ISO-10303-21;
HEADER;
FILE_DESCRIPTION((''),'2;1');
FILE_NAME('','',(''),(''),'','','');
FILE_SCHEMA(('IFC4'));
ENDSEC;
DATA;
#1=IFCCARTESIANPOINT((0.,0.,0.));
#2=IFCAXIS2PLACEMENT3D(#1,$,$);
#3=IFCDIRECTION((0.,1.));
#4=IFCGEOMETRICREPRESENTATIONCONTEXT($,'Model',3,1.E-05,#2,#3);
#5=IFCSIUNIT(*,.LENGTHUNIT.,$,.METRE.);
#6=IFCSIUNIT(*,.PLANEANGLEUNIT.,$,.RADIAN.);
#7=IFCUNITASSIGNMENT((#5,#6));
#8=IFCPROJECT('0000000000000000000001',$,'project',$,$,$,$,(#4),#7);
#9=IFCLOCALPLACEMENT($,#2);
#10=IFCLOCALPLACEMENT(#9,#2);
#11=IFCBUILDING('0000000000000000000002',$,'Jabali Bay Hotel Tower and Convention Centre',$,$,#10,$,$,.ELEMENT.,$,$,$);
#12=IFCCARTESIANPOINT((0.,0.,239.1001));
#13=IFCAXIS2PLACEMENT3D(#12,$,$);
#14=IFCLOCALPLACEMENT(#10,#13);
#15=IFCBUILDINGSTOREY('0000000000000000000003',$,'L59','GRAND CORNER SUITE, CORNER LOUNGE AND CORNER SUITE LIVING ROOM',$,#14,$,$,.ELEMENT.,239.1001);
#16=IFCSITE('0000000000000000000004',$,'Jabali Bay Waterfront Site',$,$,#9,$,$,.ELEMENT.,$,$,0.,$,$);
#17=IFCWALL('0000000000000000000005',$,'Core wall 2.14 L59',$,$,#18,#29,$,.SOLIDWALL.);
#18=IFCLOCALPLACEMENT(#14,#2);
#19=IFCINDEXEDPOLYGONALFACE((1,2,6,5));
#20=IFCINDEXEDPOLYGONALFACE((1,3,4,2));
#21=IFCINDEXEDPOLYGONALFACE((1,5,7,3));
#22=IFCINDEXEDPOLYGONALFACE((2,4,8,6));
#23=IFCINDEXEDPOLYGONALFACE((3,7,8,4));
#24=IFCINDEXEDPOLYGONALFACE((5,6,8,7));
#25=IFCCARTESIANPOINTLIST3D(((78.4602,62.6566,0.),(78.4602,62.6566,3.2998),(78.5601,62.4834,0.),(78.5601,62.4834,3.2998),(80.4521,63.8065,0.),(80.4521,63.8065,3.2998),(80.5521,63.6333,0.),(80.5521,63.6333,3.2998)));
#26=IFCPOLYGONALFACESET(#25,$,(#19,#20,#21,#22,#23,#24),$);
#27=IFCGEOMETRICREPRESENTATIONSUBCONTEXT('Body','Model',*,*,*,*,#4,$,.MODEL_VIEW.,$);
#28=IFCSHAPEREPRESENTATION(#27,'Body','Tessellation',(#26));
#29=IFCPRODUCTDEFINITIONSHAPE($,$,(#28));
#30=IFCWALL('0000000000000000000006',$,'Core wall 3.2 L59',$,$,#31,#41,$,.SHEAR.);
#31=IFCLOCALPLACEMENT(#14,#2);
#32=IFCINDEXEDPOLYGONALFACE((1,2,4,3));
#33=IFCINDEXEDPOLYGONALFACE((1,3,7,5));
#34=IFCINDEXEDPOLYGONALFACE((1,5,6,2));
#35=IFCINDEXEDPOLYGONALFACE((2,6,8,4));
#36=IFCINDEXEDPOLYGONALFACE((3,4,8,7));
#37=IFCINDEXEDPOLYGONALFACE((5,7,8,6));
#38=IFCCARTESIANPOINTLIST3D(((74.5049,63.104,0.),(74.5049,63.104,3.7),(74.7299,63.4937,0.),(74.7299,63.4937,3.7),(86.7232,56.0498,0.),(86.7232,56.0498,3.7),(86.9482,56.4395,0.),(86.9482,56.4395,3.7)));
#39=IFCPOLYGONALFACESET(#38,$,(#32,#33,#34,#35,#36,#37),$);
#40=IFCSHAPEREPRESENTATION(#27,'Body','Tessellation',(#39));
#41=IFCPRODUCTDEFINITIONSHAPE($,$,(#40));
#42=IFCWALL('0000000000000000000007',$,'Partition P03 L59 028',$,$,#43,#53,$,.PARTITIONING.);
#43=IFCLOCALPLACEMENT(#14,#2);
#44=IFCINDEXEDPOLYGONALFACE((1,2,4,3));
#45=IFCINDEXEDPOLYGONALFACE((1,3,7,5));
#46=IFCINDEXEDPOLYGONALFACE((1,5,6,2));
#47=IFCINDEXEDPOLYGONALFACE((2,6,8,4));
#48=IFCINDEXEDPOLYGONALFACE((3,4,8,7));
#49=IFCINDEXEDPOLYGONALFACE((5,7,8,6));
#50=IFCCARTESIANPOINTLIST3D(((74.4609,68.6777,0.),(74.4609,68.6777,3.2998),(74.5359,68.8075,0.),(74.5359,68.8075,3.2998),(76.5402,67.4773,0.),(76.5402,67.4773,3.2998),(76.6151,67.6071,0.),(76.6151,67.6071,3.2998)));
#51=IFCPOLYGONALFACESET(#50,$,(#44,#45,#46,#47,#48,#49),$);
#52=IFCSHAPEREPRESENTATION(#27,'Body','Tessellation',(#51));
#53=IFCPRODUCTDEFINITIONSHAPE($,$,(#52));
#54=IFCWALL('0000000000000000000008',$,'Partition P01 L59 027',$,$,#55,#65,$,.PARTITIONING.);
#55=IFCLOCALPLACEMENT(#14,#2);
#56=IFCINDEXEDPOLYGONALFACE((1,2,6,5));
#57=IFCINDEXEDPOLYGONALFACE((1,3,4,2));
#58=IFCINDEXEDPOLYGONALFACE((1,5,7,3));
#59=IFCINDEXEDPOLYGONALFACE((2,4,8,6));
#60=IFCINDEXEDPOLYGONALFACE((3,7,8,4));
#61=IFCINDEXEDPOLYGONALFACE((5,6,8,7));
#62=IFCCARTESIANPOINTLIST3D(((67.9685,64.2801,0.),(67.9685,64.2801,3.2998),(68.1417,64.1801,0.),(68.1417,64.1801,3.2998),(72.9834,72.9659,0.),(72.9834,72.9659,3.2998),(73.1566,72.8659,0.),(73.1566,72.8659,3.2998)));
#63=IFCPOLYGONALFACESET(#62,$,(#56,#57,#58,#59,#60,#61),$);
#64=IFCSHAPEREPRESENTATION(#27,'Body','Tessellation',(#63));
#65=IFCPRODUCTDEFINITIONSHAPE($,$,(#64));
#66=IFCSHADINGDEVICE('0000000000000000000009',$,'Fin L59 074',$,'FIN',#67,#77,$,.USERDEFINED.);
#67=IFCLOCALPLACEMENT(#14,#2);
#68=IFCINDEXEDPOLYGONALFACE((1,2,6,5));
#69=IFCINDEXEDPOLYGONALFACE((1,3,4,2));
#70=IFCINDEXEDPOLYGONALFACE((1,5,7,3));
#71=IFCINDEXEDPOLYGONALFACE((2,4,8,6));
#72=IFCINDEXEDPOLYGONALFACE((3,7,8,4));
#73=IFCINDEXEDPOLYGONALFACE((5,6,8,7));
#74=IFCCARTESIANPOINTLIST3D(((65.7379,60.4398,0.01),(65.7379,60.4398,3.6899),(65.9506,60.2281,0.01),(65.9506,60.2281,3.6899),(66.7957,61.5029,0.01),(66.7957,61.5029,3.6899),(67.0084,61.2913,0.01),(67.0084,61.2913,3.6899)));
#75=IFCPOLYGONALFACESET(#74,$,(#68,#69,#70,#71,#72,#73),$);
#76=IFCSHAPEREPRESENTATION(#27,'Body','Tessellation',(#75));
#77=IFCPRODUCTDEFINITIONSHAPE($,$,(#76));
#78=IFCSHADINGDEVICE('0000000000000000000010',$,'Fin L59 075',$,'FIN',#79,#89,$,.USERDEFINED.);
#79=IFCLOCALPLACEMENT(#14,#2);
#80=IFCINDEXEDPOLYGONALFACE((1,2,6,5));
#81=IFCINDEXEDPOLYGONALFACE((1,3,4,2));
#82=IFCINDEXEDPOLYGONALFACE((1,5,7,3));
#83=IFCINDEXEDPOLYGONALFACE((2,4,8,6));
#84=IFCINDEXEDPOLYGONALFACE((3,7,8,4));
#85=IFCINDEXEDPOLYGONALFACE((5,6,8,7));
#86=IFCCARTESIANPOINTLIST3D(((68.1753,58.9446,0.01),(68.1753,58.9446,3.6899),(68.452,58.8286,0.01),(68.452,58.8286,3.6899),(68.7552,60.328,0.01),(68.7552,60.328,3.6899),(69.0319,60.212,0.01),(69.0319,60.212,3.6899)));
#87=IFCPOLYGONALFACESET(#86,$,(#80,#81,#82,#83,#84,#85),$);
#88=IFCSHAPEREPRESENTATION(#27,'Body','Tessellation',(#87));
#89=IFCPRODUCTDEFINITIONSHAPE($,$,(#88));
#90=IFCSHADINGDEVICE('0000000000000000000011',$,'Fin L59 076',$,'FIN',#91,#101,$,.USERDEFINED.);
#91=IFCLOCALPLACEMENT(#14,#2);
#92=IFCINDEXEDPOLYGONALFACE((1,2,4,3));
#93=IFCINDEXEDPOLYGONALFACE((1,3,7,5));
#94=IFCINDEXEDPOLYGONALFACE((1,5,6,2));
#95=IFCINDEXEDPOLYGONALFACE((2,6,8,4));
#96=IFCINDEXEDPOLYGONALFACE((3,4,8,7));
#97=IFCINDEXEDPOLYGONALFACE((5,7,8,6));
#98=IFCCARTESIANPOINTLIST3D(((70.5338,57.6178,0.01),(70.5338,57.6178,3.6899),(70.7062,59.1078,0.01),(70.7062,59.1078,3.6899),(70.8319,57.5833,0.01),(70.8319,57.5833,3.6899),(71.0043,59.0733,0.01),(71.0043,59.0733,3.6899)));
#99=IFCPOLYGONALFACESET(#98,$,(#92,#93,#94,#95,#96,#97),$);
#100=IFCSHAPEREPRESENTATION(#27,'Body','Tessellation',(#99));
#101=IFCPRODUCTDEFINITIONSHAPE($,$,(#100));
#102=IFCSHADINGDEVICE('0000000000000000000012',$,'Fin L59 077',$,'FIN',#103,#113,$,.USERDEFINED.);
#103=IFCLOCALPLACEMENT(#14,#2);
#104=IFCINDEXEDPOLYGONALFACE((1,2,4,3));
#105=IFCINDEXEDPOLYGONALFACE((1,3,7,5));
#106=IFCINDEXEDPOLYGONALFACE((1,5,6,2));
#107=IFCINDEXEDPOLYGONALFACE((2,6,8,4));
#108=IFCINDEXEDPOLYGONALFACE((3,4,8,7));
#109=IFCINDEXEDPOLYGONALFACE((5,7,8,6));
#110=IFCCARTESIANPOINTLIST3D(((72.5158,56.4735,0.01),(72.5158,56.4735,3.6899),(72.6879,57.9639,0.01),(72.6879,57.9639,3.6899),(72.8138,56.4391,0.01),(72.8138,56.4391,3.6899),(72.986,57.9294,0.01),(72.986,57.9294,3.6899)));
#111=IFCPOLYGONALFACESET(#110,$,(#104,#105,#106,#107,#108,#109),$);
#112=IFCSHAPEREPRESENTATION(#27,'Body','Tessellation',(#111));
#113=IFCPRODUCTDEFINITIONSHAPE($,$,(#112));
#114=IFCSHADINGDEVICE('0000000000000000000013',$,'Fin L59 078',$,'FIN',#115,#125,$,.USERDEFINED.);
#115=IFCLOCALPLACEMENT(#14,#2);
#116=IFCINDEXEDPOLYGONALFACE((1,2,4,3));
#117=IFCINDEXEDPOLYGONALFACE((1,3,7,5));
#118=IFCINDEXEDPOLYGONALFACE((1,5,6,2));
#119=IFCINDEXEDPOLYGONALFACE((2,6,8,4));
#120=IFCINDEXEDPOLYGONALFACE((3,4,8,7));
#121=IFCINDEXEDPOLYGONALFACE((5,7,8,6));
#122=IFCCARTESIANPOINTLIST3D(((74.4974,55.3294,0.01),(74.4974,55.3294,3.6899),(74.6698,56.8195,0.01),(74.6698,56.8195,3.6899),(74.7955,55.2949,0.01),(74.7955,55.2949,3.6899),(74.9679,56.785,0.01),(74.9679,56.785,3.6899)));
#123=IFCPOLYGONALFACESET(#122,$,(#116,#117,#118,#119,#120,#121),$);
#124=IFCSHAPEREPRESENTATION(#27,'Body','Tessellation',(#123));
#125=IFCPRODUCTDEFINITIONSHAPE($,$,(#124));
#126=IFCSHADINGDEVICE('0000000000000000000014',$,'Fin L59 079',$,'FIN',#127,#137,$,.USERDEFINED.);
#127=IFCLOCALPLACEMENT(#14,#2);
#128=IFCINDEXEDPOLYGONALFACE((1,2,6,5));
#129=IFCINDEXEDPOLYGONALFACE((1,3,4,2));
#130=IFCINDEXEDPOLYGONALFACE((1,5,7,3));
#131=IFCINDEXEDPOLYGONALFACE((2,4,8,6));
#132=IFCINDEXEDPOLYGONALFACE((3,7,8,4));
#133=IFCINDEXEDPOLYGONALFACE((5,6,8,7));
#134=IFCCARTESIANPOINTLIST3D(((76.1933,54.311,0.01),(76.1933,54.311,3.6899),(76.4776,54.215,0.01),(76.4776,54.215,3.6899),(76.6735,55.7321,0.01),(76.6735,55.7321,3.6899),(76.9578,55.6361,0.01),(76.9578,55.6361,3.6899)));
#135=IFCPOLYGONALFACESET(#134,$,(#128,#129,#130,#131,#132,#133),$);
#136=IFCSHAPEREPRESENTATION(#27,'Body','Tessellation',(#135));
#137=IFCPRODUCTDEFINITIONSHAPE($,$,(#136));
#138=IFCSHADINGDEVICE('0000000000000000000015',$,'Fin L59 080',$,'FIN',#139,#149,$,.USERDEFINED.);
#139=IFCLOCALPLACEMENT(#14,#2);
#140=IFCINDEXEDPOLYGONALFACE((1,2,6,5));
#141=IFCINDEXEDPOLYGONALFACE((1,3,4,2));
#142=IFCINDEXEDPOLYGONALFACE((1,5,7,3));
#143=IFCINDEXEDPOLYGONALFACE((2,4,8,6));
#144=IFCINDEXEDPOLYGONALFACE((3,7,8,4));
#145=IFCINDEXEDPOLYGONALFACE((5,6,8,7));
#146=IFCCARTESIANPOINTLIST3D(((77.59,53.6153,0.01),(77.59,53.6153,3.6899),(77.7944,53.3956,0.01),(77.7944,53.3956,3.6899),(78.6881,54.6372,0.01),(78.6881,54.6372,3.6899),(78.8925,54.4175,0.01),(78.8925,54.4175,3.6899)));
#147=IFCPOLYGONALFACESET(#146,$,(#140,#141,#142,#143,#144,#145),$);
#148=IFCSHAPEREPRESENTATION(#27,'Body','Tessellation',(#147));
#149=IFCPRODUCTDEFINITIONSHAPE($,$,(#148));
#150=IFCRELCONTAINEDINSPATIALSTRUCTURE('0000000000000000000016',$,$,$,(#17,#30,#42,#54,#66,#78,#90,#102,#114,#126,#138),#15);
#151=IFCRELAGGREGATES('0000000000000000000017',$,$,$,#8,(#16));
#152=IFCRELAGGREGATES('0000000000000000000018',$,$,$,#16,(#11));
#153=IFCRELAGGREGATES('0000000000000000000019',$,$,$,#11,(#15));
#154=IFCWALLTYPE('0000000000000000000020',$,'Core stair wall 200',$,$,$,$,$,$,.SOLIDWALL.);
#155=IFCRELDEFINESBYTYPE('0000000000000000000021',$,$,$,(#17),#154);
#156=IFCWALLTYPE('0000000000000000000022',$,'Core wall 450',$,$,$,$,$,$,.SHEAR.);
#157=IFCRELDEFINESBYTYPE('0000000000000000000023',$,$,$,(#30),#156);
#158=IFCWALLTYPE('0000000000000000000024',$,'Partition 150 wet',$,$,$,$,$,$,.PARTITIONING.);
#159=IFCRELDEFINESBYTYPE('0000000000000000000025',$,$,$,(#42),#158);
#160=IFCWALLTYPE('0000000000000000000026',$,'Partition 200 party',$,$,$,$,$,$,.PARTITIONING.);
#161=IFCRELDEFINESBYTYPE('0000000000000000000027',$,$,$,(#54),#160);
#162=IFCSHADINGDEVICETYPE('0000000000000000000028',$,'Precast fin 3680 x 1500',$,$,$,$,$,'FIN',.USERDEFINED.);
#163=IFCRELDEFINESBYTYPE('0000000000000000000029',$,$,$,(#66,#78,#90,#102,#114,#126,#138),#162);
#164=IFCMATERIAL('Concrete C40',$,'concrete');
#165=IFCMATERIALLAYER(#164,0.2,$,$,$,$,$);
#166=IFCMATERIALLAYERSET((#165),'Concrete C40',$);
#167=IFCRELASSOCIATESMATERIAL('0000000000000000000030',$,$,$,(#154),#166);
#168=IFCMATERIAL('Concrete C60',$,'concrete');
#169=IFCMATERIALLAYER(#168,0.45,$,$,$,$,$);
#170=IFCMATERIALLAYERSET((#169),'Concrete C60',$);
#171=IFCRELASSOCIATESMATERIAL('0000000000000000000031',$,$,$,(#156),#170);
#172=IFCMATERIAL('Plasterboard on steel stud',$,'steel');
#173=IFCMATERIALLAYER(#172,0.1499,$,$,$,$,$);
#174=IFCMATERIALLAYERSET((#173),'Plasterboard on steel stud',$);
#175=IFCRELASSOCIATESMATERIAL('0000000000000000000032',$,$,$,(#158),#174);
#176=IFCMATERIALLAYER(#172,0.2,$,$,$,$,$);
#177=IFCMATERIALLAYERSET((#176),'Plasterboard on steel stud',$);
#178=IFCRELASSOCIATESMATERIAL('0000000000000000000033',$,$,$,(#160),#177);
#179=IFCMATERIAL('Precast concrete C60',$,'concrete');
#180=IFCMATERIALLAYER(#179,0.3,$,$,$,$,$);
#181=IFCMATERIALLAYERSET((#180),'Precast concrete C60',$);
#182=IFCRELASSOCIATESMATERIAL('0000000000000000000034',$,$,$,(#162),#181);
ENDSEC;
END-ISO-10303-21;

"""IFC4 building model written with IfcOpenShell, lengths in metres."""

from ifc_helpers import new_model, si_unit, direction, frame, frame_2d, origin, place, context, subcontext, project, spatial, rectangle, extrude, material, layer, layer_set, type_object, element, save


model = new_model("IFC4")

# Units and contexts
model_context = context("Model", 3, precision=1e-05, world=origin(), true_north=direction((0.0, 1.0)))
body_context = subcontext(model_context, "Body", "Model", "MODEL_VIEW")
ifc_project = project(units=[si_unit("LENGTHUNIT", "METRE"), si_unit("PLANEANGLEUNIT", "RADIAN")], contexts=[model_context])

# Site, building, storey
site_placement = place(None, origin())
site = spatial("IfcSite", under=ifc_project, at=site_placement, Name="Jabali Bay Waterfront Site", CompositionType="ELEMENT", RefElevation=0.0)
building_placement = place(site_placement, origin())
building = spatial("IfcBuilding", under=site, at=building_placement, Name="Jabali Bay Hotel Tower and Convention Centre", CompositionType="ELEMENT")
storey_placement = place(building_placement, frame((0.0, 0.0, 239.1001)))
storey = spatial("IfcBuildingStorey", under=building, at=storey_placement, Name="L59", Description="GRAND CORNER SUITE, CORNER LOUNGE AND CORNER SUITE LIVING ROOM", CompositionType="ELEMENT", Elevation=239.1001)

# Shared definitions
ifc_material_1 = material(Name="Concrete C60", Category="concrete")

# Shared definitions
ifc_material_2 = material(Name="Concrete C40", Category="concrete")

# Shared definitions
ifc_layer_1 = layer(ifc_material_2, 0.2)
ifc_layer_set_1 = layer_set([ifc_layer_1], Name="Concrete C40")
wall_type_1 = type_object("IfcWallType", Name="Core stair wall 200", PredefinedType="SOLIDWALL", material=ifc_layer_set_1)

# Walls
wall_1_placement = place(storey_placement, frame((78.5103, 62.5701, 0.0), z_axis=(0.0, 0.0, 1.0), x_axis=(0.866053, 0.499952, 0.0)))
element("IfcWall", 1, at=wall_1_placement, inside=storey, type_object=wall_type_1, Name="Core wall 2.14 L59", PredefinedType="SOLIDWALL", context=body_context, shape_type="SweptSolid", body=[
    extrude(rectangle(XDim=2.3, YDim=0.2, at=frame_2d((1.1499, 0.0))), origin(), (0.0, 0.0, 1.0), 3.2998),
])
ifc_layer_2 = layer(ifc_material_1, 0.45)
ifc_layer_set_2 = layer_set([ifc_layer_2], Name="Concrete C60")
wall_type_2 = type_object("IfcWallType", Name="Core wall 450", PredefinedType="SHEAR", material=ifc_layer_set_2)
wall_2_placement = place(storey_placement, frame((74.6174, 63.2988, 0.0), z_axis=(0.0, 0.0, 1.0), x_axis=(0.866026, -0.499999, 0.0)))
element("IfcWall", 2, at=wall_2_placement, inside=storey, type_object=wall_type_2, Name="Core wall 3.2 L59", PredefinedType="SHEAR", context=body_context, shape_type="SweptSolid", body=[
    extrude(rectangle(XDim=14.1084, YDim=0.45, at=frame_2d((7.0542, 0.0))), origin(), (0.0, 0.0, 1.0), 3.7),
])
ifc_material_3 = material(Name="Plasterboard on steel stud", Category="steel")
ifc_layer_3 = layer(ifc_material_3, 0.1499)
ifc_layer_set_3 = layer_set([ifc_layer_3], Name="Plasterboard on steel stud")
wall_type_3 = type_object("IfcWallType", Name="Partition 150 wet", PredefinedType="PARTITIONING", material=ifc_layer_set_3)
wall_3_placement = place(storey_placement, frame((76.5776, 67.5422, 0.0), z_axis=(0.0, 0.0, 1.0), x_axis=(-0.866038, 0.499978, 0.0)))
element("IfcWall", 3, at=wall_3_placement, inside=storey, type_object=wall_type_3, Name="Partition P03 L59 028", PredefinedType="PARTITIONING", context=body_context, shape_type="SweptSolid", body=[
    extrude(rectangle(XDim=2.4009, YDim=0.1499, at=frame_2d((1.2004, 0.0))), origin(), (0.0, 0.0, 1.0), 3.2998),
])
ifc_layer_4 = layer(ifc_material_3, 0.2)
ifc_layer_set_4 = layer_set([ifc_layer_4], Name="Plasterboard on steel stud")
wall_type_4 = type_object("IfcWallType", Name="Partition 200 party", PredefinedType="PARTITIONING", material=ifc_layer_set_4)
wall_4_placement = place(storey_placement, frame((68.0552, 64.2302, 0.0), z_axis=(0.0, 0.0, 1.0), x_axis=(0.500011, 0.866019, 0.0)))
element("IfcWall", 4, at=wall_4_placement, inside=storey, type_object=wall_type_4, Name="Partition P01 L59 027", PredefinedType="PARTITIONING", context=body_context, shape_type="SweptSolid", body=[
    extrude(rectangle(XDim=10.0295, YDim=0.2, at=frame_2d((5.0146, 0.0))), origin(), (0.0, 0.0, 1.0), 3.2998),
])

# Shading devices
ifc_material_4 = material(Name="Precast concrete C60", Category="concrete")
ifc_layer_5 = layer(ifc_material_4, 0.3)
ifc_layer_set_5 = layer_set([ifc_layer_5], Name="Precast concrete C60")
shading_device_type = type_object("IfcShadingDeviceType", Name="Precast fin 3680 x 1500", ElementType="FIN", PredefinedType="USERDEFINED", material=ifc_layer_set_5)
shading_device_1_placement = place(storey_placement, frame((66.9021, 61.3972, 0.01), z_axis=(0.0, 0.0, 1.0), x_axis=(-0.705314, -0.708895, 0.0)))
element("IfcShadingDevice", 5, at=shading_device_1_placement, inside=storey, type_object=shading_device_type, Name="Fin L59 074", ObjectType="FIN", PredefinedType="USERDEFINED", context=body_context, shape_type="SweptSolid", body=[
    extrude(rectangle(XDim=1.4998, YDim=0.3, at=frame_2d((0.75, 0.0))), origin(), (0.0, 0.0, 1.0), 3.6799),
])
for number, where, z_axis, x_axis, name in (
    (6, (68.8936, 60.27, 0.01), (0.0, 0.0, 1.0), (-0.386579, -0.922256, 0.0), "Fin L59 075"),
    (7, (70.8552, 59.0906, 0.01), (0.0, 0.0, 1.0), (-0.114914, -0.993375, 0.0), "Fin L59 076"),
):
    element("IfcShadingDevice", number, at=place(storey_placement, frame(where, z_axis=z_axis, x_axis=x_axis)), inside=storey, type_object=shading_device_type, Name=name, ObjectType="FIN", PredefinedType="USERDEFINED", context=body_context, shape_type="SweptSolid", body=[
        extrude(rectangle(XDim=1.5, YDim=0.3, at=frame_2d((0.75, 0.0))), origin(), (0.0, 0.0, 1.0), 3.6799),
    ])
shading_device_2_placement = place(storey_placement, frame((72.8369, 57.9465, 0.01), z_axis=(0.0, 0.0, 1.0), x_axis=(-0.114735, -0.993396, 0.0)))
element("IfcShadingDevice", 8, at=shading_device_2_placement, inside=storey, type_object=shading_device_type, Name="Fin L59 077", ObjectType="FIN", PredefinedType="USERDEFINED", context=body_context, shape_type="SweptSolid", body=[
    extrude(rectangle(XDim=1.5002, YDim=0.3, at=frame_2d((0.75, 0.0))), origin(), (0.0, 0.0, 1.0), 3.6799),
])
for number, where, z_axis, x_axis, name in (
    (9, (74.8188, 56.8022, 0.01), (0.0, 0.0, 1.0), (-0.114914, -0.993375, 0.0), "Fin L59 078"),
    (10, (76.8157, 55.6841, 0.01), (0.0, 0.0, 1.0), (-0.320131, -0.947373, 0.0), "Fin L59 079"),
    (11, (78.7903, 54.5273, 0.01), (0.0, 0.0, 1.0), (-0.732039, -0.681262, 0.0), "Fin L59 080"),
):
    element("IfcShadingDevice", number, at=place(storey_placement, frame(where, z_axis=z_axis, x_axis=x_axis)), inside=storey, type_object=shading_device_type, Name=name, ObjectType="FIN", PredefinedType="USERDEFINED", context=body_context, shape_type="SweptSolid", body=[
        extrude(rectangle(XDim=1.5, YDim=0.3, at=frame_2d((0.75, 0.0))), origin(), (0.0, 0.0, 1.0), 3.6799),
    ])

save(model, "model.ifc")
